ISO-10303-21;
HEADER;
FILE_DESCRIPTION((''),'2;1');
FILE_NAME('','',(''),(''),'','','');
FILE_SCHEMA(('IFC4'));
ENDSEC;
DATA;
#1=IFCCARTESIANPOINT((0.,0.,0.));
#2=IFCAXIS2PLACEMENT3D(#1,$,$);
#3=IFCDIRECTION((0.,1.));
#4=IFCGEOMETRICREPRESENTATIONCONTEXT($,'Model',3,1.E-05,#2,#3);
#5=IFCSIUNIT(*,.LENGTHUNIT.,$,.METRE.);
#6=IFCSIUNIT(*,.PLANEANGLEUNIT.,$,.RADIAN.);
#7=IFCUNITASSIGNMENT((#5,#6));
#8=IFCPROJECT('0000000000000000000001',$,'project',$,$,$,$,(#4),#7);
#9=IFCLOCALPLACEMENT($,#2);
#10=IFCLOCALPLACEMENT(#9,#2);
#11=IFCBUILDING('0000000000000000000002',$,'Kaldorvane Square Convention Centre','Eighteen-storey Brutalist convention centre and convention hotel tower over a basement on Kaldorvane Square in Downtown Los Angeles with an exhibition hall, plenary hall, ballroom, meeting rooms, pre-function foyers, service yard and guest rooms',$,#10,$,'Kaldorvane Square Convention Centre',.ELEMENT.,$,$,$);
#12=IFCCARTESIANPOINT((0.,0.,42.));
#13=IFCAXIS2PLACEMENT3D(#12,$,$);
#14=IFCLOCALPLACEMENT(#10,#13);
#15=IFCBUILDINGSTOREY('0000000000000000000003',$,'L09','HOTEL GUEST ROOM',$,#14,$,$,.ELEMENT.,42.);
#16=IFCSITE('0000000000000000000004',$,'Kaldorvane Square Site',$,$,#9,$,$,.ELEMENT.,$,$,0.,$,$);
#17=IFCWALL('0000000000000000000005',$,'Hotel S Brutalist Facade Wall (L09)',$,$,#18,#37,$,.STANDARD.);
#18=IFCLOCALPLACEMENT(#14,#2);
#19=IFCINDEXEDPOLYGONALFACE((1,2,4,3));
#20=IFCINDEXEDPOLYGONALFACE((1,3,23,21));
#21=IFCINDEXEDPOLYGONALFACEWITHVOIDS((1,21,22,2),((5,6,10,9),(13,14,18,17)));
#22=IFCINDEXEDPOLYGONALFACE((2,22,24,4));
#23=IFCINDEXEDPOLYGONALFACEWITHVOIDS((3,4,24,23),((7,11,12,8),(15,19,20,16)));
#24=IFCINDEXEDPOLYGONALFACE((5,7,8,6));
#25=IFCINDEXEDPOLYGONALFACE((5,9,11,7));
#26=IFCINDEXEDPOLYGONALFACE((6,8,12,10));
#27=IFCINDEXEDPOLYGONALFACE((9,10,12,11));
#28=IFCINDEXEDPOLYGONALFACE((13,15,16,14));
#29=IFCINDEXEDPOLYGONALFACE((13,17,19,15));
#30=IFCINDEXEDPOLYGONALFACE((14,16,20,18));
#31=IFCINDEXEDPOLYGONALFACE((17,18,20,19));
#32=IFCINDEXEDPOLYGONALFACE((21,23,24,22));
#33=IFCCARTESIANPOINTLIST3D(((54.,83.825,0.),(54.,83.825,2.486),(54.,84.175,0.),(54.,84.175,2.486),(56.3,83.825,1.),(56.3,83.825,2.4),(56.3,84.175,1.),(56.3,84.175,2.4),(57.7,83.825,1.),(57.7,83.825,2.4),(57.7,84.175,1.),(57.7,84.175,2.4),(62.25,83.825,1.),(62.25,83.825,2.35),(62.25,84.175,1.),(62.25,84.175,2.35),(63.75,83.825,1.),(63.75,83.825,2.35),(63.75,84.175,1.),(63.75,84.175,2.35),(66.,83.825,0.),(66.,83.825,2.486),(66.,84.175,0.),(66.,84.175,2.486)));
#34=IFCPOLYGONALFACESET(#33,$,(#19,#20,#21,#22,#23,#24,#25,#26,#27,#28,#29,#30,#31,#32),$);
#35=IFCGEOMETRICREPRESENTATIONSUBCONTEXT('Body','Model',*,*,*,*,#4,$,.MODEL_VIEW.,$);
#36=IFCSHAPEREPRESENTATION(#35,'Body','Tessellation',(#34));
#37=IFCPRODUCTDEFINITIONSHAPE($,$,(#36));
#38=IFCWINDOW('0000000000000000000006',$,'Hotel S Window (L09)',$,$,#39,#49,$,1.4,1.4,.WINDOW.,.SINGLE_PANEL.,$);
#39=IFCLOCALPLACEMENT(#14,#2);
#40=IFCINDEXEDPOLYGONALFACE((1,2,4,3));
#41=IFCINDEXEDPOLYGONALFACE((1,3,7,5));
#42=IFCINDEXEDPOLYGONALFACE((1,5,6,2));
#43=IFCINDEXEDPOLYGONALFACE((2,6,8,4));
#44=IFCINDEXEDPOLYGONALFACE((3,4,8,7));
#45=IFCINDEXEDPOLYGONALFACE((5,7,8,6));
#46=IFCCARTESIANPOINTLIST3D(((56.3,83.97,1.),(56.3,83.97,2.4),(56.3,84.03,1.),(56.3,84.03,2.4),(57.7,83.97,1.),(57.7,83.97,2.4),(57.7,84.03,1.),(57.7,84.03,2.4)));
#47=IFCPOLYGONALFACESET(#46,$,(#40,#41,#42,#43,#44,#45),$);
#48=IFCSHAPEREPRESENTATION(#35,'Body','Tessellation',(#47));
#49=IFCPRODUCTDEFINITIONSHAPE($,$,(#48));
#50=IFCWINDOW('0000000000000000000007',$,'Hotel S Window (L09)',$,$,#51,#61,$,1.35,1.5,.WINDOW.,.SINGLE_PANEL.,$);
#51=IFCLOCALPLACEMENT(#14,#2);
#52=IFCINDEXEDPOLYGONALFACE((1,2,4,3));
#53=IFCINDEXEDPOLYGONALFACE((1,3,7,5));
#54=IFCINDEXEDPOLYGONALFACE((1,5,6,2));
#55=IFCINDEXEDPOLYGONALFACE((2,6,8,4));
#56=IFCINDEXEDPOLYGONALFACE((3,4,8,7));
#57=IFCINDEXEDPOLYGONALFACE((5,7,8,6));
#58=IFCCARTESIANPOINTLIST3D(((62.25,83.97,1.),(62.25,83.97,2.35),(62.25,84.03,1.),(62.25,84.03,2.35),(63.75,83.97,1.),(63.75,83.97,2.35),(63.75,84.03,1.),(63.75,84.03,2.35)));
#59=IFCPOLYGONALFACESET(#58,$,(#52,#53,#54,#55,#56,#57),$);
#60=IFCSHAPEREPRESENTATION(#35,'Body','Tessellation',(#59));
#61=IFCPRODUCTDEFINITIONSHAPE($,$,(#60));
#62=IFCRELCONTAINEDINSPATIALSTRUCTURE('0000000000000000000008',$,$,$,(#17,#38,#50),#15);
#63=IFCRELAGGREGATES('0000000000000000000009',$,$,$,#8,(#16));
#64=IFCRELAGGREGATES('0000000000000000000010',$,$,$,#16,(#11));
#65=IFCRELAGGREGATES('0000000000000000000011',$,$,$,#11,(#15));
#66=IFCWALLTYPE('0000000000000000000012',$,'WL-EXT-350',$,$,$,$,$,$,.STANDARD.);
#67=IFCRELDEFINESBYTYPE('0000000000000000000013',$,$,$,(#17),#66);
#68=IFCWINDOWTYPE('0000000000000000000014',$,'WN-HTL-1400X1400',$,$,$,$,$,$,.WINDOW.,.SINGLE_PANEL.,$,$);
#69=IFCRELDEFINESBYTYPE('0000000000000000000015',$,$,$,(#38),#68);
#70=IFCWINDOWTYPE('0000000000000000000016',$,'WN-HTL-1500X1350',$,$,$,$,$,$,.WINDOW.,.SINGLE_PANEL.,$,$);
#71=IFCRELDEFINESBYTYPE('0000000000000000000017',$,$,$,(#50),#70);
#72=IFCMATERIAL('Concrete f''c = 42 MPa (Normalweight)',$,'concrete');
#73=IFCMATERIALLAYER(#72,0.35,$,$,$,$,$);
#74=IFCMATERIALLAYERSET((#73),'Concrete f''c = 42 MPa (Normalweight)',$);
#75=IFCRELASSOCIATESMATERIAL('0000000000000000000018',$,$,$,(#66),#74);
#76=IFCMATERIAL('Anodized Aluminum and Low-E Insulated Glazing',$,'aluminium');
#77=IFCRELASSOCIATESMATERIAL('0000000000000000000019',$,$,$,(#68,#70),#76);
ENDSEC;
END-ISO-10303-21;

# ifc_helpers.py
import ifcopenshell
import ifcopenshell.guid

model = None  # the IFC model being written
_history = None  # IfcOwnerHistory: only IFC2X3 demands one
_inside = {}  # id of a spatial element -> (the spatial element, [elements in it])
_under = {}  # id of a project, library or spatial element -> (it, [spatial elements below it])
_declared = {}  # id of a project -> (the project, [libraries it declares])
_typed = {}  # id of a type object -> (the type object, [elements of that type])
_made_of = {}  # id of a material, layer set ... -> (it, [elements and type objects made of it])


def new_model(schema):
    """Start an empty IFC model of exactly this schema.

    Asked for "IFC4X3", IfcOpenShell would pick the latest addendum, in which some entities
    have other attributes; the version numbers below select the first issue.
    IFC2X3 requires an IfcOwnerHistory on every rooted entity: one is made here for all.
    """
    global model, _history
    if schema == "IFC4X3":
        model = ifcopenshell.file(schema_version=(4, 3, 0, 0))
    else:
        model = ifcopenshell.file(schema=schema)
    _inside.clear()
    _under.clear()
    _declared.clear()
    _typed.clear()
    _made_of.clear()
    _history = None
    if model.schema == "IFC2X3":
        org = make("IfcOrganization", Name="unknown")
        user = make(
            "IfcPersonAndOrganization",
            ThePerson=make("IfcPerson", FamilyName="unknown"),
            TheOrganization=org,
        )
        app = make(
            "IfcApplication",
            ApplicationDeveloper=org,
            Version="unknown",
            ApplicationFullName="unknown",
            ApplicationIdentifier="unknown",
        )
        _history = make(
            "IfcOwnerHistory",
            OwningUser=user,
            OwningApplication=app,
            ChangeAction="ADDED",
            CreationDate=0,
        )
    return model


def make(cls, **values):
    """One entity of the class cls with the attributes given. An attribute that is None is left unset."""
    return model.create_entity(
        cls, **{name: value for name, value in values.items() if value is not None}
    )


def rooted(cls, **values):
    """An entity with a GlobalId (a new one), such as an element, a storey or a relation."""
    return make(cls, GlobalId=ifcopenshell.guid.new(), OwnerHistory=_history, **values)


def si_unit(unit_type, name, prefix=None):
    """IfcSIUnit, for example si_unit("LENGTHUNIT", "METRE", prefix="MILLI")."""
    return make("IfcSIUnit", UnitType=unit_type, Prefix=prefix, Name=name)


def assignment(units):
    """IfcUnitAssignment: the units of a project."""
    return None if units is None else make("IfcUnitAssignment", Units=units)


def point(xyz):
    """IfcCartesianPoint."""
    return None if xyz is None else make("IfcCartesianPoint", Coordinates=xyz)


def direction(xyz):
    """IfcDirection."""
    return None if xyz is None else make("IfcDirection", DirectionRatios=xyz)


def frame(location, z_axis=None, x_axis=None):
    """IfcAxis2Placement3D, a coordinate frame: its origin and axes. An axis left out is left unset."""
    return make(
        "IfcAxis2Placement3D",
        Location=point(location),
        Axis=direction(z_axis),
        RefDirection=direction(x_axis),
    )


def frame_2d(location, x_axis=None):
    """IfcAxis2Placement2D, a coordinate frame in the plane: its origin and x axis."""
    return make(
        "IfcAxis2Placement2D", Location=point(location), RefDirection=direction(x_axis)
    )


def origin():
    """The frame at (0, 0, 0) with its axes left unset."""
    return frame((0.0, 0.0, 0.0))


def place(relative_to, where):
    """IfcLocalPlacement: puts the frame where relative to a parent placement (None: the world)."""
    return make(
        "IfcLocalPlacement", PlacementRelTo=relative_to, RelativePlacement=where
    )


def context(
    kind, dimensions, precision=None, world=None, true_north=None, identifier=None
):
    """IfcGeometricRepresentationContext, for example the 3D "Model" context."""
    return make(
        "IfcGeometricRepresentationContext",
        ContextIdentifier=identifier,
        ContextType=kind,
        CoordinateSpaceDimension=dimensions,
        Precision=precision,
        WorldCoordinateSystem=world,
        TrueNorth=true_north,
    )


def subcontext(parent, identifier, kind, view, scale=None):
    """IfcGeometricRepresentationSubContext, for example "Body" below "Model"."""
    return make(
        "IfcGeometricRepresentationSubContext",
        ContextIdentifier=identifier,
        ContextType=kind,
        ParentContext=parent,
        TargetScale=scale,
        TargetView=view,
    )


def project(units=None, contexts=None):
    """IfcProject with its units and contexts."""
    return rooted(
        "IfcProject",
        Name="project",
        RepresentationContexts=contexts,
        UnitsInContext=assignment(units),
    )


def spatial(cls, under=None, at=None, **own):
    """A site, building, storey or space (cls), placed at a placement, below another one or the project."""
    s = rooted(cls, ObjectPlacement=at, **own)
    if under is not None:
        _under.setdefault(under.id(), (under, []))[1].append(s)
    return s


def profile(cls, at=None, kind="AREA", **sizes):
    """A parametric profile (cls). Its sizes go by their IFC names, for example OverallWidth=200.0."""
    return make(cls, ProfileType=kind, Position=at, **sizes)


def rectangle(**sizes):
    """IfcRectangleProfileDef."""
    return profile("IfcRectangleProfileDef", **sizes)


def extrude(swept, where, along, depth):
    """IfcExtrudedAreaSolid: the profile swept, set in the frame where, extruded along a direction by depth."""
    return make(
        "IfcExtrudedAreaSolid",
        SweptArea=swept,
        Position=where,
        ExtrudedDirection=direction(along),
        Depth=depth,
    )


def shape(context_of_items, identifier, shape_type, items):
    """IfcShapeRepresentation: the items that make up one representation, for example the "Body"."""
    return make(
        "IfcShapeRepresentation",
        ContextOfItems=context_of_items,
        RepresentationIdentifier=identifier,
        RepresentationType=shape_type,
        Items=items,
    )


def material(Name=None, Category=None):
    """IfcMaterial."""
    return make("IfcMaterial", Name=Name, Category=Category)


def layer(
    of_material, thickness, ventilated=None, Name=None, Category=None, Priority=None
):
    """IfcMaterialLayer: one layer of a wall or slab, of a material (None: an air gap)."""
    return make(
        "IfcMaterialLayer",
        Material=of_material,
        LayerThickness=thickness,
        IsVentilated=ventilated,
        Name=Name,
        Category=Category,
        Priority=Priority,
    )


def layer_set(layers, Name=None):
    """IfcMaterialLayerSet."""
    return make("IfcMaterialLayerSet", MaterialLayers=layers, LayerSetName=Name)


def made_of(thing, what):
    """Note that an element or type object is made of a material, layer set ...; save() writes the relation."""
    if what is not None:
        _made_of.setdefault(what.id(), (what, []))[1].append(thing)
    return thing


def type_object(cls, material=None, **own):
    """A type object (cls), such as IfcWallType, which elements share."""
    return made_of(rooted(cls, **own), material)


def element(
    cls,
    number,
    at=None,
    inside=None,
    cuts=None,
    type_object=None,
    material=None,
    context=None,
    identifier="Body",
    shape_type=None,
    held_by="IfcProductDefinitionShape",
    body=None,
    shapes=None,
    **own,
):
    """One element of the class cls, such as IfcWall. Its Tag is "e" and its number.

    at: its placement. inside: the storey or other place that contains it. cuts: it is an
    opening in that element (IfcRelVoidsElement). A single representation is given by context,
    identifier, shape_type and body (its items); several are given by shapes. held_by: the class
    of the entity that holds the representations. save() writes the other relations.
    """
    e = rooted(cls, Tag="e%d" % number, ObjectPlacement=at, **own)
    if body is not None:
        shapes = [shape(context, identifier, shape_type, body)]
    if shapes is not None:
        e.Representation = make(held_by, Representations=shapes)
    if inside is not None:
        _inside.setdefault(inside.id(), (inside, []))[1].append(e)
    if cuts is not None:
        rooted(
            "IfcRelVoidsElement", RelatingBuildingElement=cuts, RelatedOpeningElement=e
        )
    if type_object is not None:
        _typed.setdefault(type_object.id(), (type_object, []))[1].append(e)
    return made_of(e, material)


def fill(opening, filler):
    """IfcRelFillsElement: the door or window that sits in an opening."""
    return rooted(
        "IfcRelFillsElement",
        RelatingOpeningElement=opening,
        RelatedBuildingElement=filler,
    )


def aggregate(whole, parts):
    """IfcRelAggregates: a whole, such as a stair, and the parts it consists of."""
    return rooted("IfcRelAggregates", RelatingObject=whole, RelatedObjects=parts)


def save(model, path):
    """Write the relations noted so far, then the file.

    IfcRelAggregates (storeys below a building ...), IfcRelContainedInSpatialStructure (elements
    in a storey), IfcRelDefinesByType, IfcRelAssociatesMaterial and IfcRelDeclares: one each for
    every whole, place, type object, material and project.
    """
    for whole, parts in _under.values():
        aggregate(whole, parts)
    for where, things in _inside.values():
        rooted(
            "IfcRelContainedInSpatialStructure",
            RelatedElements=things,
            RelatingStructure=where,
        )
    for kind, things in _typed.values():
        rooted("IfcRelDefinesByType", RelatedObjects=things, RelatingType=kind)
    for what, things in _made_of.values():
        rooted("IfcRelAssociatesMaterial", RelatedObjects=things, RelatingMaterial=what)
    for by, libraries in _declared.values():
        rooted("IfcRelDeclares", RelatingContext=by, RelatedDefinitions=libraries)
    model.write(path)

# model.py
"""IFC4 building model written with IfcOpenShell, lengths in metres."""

from ifc_helpers import new_model, si_unit, direction, frame, frame_2d, origin, place, context, subcontext, project, spatial, rectangle, extrude, material, layer, layer_set, type_object, element, fill, save


model = new_model("IFC4")

# Units and contexts
model_context = context("Model", 3, precision=1e-05, world=origin(), true_north=direction((0.0, 1.0)))
body_context = subcontext(model_context, "Body", "Model", "MODEL_VIEW")
ifc_project = project(units=[si_unit("LENGTHUNIT", "METRE"), si_unit("PLANEANGLEUNIT", "RADIAN")], contexts=[model_context])

# Site, building, storey
site_placement = place(None, origin())
site = spatial("IfcSite", under=ifc_project, at=site_placement, Name="Kaldorvane Square Site", CompositionType="ELEMENT", RefElevation=0.0)
building_placement = place(site_placement, origin())
building = spatial("IfcBuilding", under=site, at=building_placement, Name="Kaldorvane Square Convention Centre", Description="Eighteen-storey Brutalist convention centre and convention hotel tower over a basement on Kaldorvane Square in Downtown Los Angeles with an exhibition hall, plenary hall, ballroom, meeting rooms, pre-function foyers, service yard and guest rooms", LongName="Kaldorvane Square Convention Centre", CompositionType="ELEMENT")
storey_placement = place(building_placement, frame((0.0, 0.0, 42.0)))
storey = spatial("IfcBuildingStorey", under=building, at=storey_placement, Name="L09", Description="HOTEL GUEST ROOM", CompositionType="ELEMENT", Elevation=42.0)

# Shared definitions
ifc_material_1 = material(Name="Concrete f'c = 42 MPa (Normalweight)", Category="concrete")

# Shared definitions
ifc_layer = layer(ifc_material_1, 0.35)
ifc_layer_set = layer_set([ifc_layer], Name="Concrete f'c = 42 MPa (Normalweight)")
wall_type = type_object("IfcWallType", Name="WL-EXT-350", PredefinedType="STANDARD", material=ifc_layer_set)
ifc_material_2 = material(Name="Anodized Aluminum and Low-E Insulated Glazing", Category="aluminium")

# Wall, openings, windows
wall_1_placement = place(storey_placement, frame((54.0, 84.0, 0.0), z_axis=(0.0, 0.0, 1.0), x_axis=(1.0, 0.0, 0.0)))
wall_1 = element("IfcWall", 1, at=wall_1_placement, inside=storey, type_object=wall_type, Name="Hotel S Brutalist Facade Wall (L09)", PredefinedType="STANDARD", context=body_context, shape_type="SweptSolid", body=[
    extrude(rectangle(XDim=12.0, YDim=0.35, at=frame_2d((6.0, 0.0))), origin(), (0.0, 0.0, 1.0), 2.486),
])
opening_1_placement = place(wall_1_placement, frame((2.3, 0.0, 1.0)))
opening_1 = element("IfcOpeningElement", 2, at=opening_1_placement, cuts=wall_1, PredefinedType="OPENING", context=body_context, shape_type="SweptSolid", body=[
    extrude(rectangle(XDim=1.4, YDim=1.4, at=frame_2d((0.7, 0.7))), frame((0.0, 0.19, 0.0), z_axis=(0.0, -1.0, 0.0), x_axis=(1.0, 0.0, 0.0)), (0.0, 0.0, 1.0), 0.38),
])
opening_2_placement = place(wall_1_placement, frame((8.25, 0.0, 1.0)))
opening_2 = element("IfcOpeningElement", 3, at=opening_2_placement, cuts=wall_1, PredefinedType="OPENING", context=body_context, shape_type="SweptSolid", body=[
    extrude(rectangle(XDim=1.5, YDim=1.35, at=frame_2d((0.75, 0.675))), frame((0.0, 0.19, 0.0), z_axis=(0.0, -1.0, 0.0), x_axis=(1.0, 0.0, 0.0)), (0.0, 0.0, 1.0), 0.38),
])
window_type_1 = type_object("IfcWindowType", Name="WN-HTL-1400X1400", PartitioningType="SINGLE_PANEL", PredefinedType="WINDOW", material=ifc_material_2)
window_1_placement = place(opening_1_placement, origin())
window_1 = element("IfcWindow", 4, at=window_1_placement, inside=storey, type_object=window_type_1, Name="Hotel S Window (L09)", OverallHeight=1.4, OverallWidth=1.4, PartitioningType="SINGLE_PANEL", PredefinedType="WINDOW", context=body_context, shape_type="SweptSolid", body=[
    extrude(rectangle(XDim=1.4, YDim=1.4, at=frame_2d((0.7, 0.7))), frame((0.0, 0.03, 0.0), z_axis=(0.0, -1.0, 0.0), x_axis=(1.0, 0.0, 0.0)), (0.0, 0.0, 1.0), 0.06),
])
fill(opening_1, window_1)
window_type_2 = type_object("IfcWindowType", Name="WN-HTL-1500X1350", PartitioningType="SINGLE_PANEL", PredefinedType="WINDOW", material=ifc_material_2)
window_2_placement = place(opening_2_placement, origin())
window_2 = element("IfcWindow", 5, at=window_2_placement, inside=storey, type_object=window_type_2, Name="Hotel S Window (L09)", OverallHeight=1.35, OverallWidth=1.5, PartitioningType="SINGLE_PANEL", PredefinedType="WINDOW", context=body_context, shape_type="SweptSolid", body=[
    extrude(rectangle(XDim=1.5, YDim=1.35, at=frame_2d((0.75, 0.675))), frame((0.0, 0.03, 0.0), z_axis=(0.0, -1.0, 0.0), x_axis=(1.0, 0.0, 0.0)), (0.0, 0.0, 1.0), 0.06),
])
fill(opening_2, window_2)

save(model, "model.ifc")
